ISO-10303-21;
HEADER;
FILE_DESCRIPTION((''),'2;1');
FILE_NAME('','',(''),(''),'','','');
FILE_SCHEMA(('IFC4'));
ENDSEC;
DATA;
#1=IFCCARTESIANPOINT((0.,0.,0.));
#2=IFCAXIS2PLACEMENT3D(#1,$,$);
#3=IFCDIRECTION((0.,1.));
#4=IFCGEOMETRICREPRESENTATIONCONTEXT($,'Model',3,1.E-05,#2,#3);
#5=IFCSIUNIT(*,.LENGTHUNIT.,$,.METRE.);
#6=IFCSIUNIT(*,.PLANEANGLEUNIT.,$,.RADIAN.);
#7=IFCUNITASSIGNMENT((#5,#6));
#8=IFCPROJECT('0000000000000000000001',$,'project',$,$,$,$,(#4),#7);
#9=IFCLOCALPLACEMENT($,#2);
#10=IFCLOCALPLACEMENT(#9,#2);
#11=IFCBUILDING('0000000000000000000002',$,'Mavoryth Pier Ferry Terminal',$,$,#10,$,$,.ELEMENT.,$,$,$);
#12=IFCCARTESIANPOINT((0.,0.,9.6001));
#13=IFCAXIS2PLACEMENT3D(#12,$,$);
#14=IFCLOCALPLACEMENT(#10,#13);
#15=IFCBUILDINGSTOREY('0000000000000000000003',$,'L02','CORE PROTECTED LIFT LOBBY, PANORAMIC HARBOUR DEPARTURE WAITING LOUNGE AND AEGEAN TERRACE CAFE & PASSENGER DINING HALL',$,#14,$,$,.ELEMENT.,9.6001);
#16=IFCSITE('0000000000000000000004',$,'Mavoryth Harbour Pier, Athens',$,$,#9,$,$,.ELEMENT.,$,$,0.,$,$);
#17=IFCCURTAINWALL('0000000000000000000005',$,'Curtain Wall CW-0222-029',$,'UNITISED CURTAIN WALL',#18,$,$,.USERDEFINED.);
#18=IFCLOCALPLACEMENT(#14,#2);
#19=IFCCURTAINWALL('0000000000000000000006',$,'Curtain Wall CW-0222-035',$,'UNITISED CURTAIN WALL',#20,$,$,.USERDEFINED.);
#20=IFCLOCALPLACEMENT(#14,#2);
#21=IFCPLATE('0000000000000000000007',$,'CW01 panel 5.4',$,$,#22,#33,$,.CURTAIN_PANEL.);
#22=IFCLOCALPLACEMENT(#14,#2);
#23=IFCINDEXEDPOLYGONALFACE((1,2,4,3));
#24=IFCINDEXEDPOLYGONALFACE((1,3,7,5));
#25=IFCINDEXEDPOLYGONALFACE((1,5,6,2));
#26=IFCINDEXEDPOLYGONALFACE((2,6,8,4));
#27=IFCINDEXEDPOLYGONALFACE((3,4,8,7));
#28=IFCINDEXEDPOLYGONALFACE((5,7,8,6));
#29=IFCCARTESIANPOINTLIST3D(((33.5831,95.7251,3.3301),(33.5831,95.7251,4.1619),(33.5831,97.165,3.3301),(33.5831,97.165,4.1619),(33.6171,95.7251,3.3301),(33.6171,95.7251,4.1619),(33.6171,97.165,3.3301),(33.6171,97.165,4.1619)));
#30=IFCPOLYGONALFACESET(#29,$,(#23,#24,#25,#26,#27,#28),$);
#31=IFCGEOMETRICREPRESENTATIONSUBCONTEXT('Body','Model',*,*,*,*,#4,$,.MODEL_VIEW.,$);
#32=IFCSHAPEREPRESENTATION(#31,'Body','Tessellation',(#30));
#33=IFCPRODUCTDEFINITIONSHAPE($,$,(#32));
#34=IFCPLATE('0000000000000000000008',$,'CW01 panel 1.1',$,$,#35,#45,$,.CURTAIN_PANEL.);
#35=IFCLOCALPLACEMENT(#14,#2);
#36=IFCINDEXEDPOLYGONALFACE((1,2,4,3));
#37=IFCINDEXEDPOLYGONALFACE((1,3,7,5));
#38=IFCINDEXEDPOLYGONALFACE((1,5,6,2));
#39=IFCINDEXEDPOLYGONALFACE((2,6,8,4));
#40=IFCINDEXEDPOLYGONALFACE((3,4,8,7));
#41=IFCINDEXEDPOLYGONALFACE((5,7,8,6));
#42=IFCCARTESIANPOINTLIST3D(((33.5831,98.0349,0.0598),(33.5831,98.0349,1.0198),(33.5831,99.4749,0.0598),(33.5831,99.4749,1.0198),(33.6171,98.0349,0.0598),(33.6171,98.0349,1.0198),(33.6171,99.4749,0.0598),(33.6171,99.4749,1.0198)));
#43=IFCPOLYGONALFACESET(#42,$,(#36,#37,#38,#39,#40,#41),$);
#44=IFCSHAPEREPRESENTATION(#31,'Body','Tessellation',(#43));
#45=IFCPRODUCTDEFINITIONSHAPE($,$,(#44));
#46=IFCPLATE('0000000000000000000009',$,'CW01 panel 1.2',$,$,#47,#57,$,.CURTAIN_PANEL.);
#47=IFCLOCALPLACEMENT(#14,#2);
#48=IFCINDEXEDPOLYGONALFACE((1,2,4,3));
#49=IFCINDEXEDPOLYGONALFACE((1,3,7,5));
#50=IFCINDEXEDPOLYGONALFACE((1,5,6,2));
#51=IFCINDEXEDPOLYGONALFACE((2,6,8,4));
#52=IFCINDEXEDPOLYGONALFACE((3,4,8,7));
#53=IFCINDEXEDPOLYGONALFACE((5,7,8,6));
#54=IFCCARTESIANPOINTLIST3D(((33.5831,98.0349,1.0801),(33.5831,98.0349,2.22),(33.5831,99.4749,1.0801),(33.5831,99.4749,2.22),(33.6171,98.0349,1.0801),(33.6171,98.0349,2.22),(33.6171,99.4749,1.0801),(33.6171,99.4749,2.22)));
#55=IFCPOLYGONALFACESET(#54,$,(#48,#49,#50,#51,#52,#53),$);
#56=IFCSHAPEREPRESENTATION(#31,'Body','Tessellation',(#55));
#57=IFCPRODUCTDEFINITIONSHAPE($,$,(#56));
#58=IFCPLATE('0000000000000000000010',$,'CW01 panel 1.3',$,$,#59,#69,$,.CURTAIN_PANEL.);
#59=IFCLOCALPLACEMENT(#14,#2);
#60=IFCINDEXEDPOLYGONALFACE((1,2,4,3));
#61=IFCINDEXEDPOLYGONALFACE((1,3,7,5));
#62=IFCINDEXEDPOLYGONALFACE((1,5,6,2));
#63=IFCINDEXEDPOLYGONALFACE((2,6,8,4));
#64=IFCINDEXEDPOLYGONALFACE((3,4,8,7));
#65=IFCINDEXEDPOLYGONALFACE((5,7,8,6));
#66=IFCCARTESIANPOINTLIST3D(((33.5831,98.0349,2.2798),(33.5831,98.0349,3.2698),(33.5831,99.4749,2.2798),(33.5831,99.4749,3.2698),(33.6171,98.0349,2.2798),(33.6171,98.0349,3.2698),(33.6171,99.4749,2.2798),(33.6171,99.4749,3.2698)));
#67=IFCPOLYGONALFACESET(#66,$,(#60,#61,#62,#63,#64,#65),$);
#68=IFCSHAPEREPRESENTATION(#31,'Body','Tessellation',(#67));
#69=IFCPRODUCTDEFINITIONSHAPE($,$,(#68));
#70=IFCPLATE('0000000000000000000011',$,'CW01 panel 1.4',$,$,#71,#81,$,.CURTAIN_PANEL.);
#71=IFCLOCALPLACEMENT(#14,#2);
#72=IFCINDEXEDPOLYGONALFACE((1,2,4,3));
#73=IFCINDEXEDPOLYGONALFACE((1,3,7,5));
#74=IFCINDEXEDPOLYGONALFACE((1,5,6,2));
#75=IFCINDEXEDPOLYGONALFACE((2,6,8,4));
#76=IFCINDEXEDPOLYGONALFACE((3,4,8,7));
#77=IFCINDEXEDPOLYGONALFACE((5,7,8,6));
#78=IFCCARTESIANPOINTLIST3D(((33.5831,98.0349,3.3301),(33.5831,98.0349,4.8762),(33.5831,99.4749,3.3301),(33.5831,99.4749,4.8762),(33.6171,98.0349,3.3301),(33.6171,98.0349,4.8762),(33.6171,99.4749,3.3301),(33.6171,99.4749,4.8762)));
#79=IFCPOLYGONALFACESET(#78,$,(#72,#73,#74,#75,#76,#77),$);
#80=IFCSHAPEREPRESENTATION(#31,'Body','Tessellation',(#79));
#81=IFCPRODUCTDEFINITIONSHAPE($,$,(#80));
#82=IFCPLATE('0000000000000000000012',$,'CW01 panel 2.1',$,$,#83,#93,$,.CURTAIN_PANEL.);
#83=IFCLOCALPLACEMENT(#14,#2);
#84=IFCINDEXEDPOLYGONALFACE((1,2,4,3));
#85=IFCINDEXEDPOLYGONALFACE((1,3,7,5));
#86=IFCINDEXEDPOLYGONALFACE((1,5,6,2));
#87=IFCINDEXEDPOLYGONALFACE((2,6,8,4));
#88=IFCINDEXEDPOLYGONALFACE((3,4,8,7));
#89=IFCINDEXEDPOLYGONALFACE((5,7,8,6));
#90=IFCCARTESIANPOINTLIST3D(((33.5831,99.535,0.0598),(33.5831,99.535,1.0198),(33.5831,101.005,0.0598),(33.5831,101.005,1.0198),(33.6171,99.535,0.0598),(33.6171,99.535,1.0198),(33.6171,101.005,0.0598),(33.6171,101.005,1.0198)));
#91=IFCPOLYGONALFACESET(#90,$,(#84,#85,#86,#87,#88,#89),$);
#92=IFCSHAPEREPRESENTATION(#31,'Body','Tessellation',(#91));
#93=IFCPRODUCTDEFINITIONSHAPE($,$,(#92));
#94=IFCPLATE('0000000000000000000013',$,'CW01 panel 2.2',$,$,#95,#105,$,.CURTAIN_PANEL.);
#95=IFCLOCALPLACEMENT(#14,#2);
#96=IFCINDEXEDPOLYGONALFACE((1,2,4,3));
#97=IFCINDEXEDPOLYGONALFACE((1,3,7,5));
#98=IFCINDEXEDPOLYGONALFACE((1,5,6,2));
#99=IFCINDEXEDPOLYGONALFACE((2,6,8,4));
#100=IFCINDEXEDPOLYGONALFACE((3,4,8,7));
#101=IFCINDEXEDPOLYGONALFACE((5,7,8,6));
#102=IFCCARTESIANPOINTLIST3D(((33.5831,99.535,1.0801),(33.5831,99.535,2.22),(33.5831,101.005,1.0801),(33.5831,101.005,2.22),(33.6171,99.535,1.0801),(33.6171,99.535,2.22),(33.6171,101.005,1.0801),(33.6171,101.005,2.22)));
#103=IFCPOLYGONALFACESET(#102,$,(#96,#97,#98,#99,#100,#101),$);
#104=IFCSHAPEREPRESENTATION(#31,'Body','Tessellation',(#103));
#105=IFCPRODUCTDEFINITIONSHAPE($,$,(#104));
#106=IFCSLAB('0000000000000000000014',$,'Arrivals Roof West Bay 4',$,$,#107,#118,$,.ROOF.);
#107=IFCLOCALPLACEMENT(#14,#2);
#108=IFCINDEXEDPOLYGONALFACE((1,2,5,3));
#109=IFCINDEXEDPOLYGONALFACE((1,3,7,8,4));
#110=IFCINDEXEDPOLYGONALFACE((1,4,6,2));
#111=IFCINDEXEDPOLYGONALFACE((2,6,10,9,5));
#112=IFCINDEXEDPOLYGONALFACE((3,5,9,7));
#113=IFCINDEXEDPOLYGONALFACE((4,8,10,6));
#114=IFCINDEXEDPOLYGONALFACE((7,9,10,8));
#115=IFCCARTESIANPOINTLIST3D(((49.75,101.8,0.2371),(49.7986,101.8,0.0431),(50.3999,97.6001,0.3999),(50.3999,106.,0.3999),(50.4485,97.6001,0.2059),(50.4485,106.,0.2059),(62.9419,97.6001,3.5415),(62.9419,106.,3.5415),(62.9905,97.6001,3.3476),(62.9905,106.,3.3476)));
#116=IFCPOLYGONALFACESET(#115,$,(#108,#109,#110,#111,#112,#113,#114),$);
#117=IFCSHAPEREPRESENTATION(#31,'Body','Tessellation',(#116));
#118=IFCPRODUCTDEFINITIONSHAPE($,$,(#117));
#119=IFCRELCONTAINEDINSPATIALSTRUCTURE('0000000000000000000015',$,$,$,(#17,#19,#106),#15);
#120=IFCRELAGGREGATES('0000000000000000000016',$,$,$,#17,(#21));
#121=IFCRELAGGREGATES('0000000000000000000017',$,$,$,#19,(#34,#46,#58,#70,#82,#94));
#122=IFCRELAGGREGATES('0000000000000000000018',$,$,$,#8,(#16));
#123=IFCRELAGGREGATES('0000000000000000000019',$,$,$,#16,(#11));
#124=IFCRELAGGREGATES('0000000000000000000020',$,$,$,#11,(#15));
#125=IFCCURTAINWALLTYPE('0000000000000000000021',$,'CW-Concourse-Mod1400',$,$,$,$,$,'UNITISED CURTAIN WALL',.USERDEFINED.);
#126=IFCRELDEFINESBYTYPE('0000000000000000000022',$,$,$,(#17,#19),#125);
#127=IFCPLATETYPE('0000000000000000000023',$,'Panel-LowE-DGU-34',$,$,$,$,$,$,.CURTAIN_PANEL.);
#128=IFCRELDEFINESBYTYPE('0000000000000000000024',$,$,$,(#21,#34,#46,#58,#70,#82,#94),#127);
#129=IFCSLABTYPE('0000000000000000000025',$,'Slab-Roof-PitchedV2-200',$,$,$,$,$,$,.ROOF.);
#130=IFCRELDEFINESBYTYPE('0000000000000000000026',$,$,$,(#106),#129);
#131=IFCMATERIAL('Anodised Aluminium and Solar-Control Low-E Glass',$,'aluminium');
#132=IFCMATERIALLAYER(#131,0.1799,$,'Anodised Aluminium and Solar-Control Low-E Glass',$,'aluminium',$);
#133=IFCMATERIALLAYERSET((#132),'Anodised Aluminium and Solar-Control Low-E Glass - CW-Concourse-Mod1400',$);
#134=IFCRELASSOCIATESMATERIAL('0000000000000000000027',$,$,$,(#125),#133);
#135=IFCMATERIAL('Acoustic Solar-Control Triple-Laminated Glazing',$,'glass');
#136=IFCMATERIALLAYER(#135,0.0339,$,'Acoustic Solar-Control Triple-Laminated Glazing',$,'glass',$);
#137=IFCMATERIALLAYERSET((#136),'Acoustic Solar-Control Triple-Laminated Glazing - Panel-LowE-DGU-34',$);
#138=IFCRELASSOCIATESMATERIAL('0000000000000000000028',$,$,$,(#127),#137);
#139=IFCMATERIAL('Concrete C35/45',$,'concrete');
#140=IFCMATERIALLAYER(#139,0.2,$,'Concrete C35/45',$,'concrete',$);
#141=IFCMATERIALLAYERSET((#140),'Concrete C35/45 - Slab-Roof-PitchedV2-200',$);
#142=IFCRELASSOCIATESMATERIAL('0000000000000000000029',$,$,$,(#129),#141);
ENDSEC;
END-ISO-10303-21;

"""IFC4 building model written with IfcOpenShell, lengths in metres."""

from ifc_helpers import new_model, si_unit, direction, frame, origin, origin_2d, place, context, subcontext, project, spatial, polyline, rectangle, outline, extrude, material, layer, layer_set, type_object, element, aggregate, save


model = new_model("IFC4")

# Units and contexts
model_context = context("Model", 3, precision=1e-05, world=origin(), true_north=direction((0.0, 1.0)))
body_context = subcontext(model_context, "Body", "Model", "MODEL_VIEW")
ifc_project = project(units=[si_unit("LENGTHUNIT", "METRE"), si_unit("PLANEANGLEUNIT", "RADIAN")], contexts=[model_context])

# Site, building, storey
site_placement = place(None, origin())
site = spatial("IfcSite", under=ifc_project, at=site_placement, Name="Mavoryth Harbour Pier, Athens", CompositionType="ELEMENT", RefElevation=0.0)
building_placement = place(site_placement, origin())
building = spatial("IfcBuilding", under=site, at=building_placement, Name="Mavoryth Pier Ferry Terminal", CompositionType="ELEMENT")
storey_placement = place(building_placement, frame((0.0, 0.0, 9.6001)))
storey = spatial("IfcBuildingStorey", under=building, at=storey_placement, Name="L02", Description="CORE PROTECTED LIFT LOBBY, PANORAMIC HARBOUR DEPARTURE WAITING LOUNGE AND AEGEAN TERRACE CAFE & PASSENGER DINING HALL", CompositionType="ELEMENT", Elevation=9.6001)

# Curtain walls
ifc_material_1 = material(Name="Anodised Aluminium and Solar-Control Low-E Glass", Category="aluminium")
ifc_layer_1 = layer(ifc_material_1, 0.1799, Name="Anodised Aluminium and Solar-Control Low-E Glass", Category="aluminium")
ifc_layer_set_1 = layer_set([ifc_layer_1], Name="Anodised Aluminium and Solar-Control Low-E Glass - CW-Concourse-Mod1400")
curtain_wall_type = type_object("IfcCurtainWallType", Name="CW-Concourse-Mod1400", ElementType="UNITISED CURTAIN WALL", PredefinedType="USERDEFINED", material=ifc_layer_set_1)
curtain_wall_1_placement = place(storey_placement, origin())
curtain_wall_1 = element("IfcCurtainWall", 1, at=curtain_wall_1_placement, inside=storey, type_object=curtain_wall_type, Name="Curtain Wall CW-0222-029", ObjectType="UNITISED CURTAIN WALL", PredefinedType="USERDEFINED")
curtain_wall_2_placement = place(storey_placement, origin())
curtain_wall_2 = element("IfcCurtainWall", 2, at=curtain_wall_2_placement, inside=storey, type_object=curtain_wall_type, Name="Curtain Wall CW-0222-035", ObjectType="UNITISED CURTAIN WALL", PredefinedType="USERDEFINED")

# Plates
ifc_material_2 = material(Name="Acoustic Solar-Control Triple-Laminated Glazing", Category="glass")
ifc_layer_2 = layer(ifc_material_2, 0.0339, Name="Acoustic Solar-Control Triple-Laminated Glazing", Category="glass")
ifc_layer_set_2 = layer_set([ifc_layer_2], Name="Acoustic Solar-Control Triple-Laminated Glazing - Panel-LowE-DGU-34")
plate_type = type_object("IfcPlateType", Name="Panel-LowE-DGU-34", PredefinedType="CURTAIN_PANEL", material=ifc_layer_set_2)
plate_1_placement = place(storey_placement, frame((33.6001, 96.4451, 3.3301), z_axis=(0.0, 0.0, 1.0), x_axis=(0.0, 1.0, 0.0)))
plate_1 = element("IfcPlate", 3, at=plate_1_placement, type_object=plate_type, Name="CW01 panel 5.4", PredefinedType="CURTAIN_PANEL", context=body_context, shape_type="SweptSolid", body=[
    extrude(rectangle(XDim=1.4399, YDim=0.0339, at=origin_2d()), origin(), (0.0, 0.0, 1.0), 0.8318),
])
aggregate(curtain_wall_1, [plate_1])
plate_2_placement = place(storey_placement, frame((33.6001, 98.7549, 0.0598), z_axis=(0.0, 0.0, 1.0), x_axis=(0.0, 1.0, 0.0)))
plate_2 = element("IfcPlate", 4, at=plate_2_placement, type_object=plate_type, Name="CW01 panel 1.1", PredefinedType="CURTAIN_PANEL", context=body_context, shape_type="SweptSolid", body=[
    extrude(rectangle(XDim=1.4399, YDim=0.0339, at=origin_2d()), origin(), (0.0, 0.0, 1.0), 0.96),
])
plate_3_placement = place(storey_placement, frame((33.6001, 98.7549, 1.0801), z_axis=(0.0, 0.0, 1.0), x_axis=(0.0, 1.0, 0.0)))
plate_3 = element("IfcPlate", 5, at=plate_3_placement, type_object=plate_type, Name="CW01 panel 1.2", PredefinedType="CURTAIN_PANEL", context=body_context, shape_type="SweptSolid", body=[
    extrude(rectangle(XDim=1.4399, YDim=0.0339, at=origin_2d()), origin(), (0.0, 0.0, 1.0), 1.1399),
])
plate_4_placement = place(storey_placement, frame((33.6001, 98.7549, 2.2798), z_axis=(0.0, 0.0, 1.0), x_axis=(0.0, 1.0, 0.0)))
plate_4 = element("IfcPlate", 6, at=plate_4_placement, type_object=plate_type, Name="CW01 panel 1.3", PredefinedType="CURTAIN_PANEL", context=body_context, shape_type="SweptSolid", body=[
    extrude(rectangle(XDim=1.4399, YDim=0.0339, at=origin_2d()), origin(), (0.0, 0.0, 1.0), 0.99),
])
plate_5_placement = place(storey_placement, frame((33.6001, 98.7549, 3.3301), z_axis=(0.0, 0.0, 1.0), x_axis=(0.0, 1.0, 0.0)))
plate_5 = element("IfcPlate", 7, at=plate_5_placement, type_object=plate_type, Name="CW01 panel 1.4", PredefinedType="CURTAIN_PANEL", context=body_context, shape_type="SweptSolid", body=[
    extrude(rectangle(XDim=1.4399, YDim=0.0339, at=origin_2d()), origin(), (0.0, 0.0, 1.0), 1.5461),
])
plate_6_placement = place(storey_placement, frame((33.6001, 100.27, 0.0598), z_axis=(0.0, 0.0, 1.0), x_axis=(0.0, 1.0, 0.0)))
plate_6 = element("IfcPlate", 8, at=plate_6_placement, type_object=plate_type, Name="CW01 panel 2.1", PredefinedType="CURTAIN_PANEL", context=body_context, shape_type="SweptSolid", body=[
    extrude(rectangle(XDim=1.47, YDim=0.0339, at=origin_2d()), origin(), (0.0, 0.0, 1.0), 0.96),
])
plate_7_placement = place(storey_placement, frame((33.6001, 100.27, 1.0801), z_axis=(0.0, 0.0, 1.0), x_axis=(0.0, 1.0, 0.0)))
plate_7 = element("IfcPlate", 9, at=plate_7_placement, type_object=plate_type, Name="CW01 panel 2.2", PredefinedType="CURTAIN_PANEL", context=body_context, shape_type="SweptSolid", body=[
    extrude(rectangle(XDim=1.47, YDim=0.0339, at=origin_2d()), origin(), (0.0, 0.0, 1.0), 1.1399),
])
aggregate(curtain_wall_2, [plate_2, plate_3, plate_4, plate_5, plate_6, plate_7])

# Slab
ifc_material_3 = material(Name="Concrete C35/45", Category="concrete")
ifc_layer_3 = layer(ifc_material_3, 0.2, Name="Concrete C35/45", Category="concrete")
ifc_layer_set_3 = layer_set([ifc_layer_3], Name="Concrete C35/45 - Slab-Roof-PitchedV2-200")
slab_type = type_object("IfcSlabType", Name="Slab-Roof-PitchedV2-200", PredefinedType="ROOF", material=ifc_layer_set_3)
slab_placement = place(storey_placement, frame((50.3999, 97.6001, 0.3999), z_axis=(-0.242982, 0.0, 0.970031), x_axis=(0.970031, 0.0, 0.242982)))
element("IfcSlab", 10, at=slab_placement, inside=storey, type_object=slab_type, Name="Arrivals Roof West Bay 4", PredefinedType="ROOF", context=body_context, shape_type="SweptSolid", body=[
    extrude(outline(polyline([(0.0, 0.0), (12.9295, 0.0), (12.9295, 8.3999), (0.0, 8.3999), (-0.67, 4.2), (0.0, 0.0)])), origin(), (0.0, 0.0, -1.0), 0.2),
])

save(model, "model.ifc")
